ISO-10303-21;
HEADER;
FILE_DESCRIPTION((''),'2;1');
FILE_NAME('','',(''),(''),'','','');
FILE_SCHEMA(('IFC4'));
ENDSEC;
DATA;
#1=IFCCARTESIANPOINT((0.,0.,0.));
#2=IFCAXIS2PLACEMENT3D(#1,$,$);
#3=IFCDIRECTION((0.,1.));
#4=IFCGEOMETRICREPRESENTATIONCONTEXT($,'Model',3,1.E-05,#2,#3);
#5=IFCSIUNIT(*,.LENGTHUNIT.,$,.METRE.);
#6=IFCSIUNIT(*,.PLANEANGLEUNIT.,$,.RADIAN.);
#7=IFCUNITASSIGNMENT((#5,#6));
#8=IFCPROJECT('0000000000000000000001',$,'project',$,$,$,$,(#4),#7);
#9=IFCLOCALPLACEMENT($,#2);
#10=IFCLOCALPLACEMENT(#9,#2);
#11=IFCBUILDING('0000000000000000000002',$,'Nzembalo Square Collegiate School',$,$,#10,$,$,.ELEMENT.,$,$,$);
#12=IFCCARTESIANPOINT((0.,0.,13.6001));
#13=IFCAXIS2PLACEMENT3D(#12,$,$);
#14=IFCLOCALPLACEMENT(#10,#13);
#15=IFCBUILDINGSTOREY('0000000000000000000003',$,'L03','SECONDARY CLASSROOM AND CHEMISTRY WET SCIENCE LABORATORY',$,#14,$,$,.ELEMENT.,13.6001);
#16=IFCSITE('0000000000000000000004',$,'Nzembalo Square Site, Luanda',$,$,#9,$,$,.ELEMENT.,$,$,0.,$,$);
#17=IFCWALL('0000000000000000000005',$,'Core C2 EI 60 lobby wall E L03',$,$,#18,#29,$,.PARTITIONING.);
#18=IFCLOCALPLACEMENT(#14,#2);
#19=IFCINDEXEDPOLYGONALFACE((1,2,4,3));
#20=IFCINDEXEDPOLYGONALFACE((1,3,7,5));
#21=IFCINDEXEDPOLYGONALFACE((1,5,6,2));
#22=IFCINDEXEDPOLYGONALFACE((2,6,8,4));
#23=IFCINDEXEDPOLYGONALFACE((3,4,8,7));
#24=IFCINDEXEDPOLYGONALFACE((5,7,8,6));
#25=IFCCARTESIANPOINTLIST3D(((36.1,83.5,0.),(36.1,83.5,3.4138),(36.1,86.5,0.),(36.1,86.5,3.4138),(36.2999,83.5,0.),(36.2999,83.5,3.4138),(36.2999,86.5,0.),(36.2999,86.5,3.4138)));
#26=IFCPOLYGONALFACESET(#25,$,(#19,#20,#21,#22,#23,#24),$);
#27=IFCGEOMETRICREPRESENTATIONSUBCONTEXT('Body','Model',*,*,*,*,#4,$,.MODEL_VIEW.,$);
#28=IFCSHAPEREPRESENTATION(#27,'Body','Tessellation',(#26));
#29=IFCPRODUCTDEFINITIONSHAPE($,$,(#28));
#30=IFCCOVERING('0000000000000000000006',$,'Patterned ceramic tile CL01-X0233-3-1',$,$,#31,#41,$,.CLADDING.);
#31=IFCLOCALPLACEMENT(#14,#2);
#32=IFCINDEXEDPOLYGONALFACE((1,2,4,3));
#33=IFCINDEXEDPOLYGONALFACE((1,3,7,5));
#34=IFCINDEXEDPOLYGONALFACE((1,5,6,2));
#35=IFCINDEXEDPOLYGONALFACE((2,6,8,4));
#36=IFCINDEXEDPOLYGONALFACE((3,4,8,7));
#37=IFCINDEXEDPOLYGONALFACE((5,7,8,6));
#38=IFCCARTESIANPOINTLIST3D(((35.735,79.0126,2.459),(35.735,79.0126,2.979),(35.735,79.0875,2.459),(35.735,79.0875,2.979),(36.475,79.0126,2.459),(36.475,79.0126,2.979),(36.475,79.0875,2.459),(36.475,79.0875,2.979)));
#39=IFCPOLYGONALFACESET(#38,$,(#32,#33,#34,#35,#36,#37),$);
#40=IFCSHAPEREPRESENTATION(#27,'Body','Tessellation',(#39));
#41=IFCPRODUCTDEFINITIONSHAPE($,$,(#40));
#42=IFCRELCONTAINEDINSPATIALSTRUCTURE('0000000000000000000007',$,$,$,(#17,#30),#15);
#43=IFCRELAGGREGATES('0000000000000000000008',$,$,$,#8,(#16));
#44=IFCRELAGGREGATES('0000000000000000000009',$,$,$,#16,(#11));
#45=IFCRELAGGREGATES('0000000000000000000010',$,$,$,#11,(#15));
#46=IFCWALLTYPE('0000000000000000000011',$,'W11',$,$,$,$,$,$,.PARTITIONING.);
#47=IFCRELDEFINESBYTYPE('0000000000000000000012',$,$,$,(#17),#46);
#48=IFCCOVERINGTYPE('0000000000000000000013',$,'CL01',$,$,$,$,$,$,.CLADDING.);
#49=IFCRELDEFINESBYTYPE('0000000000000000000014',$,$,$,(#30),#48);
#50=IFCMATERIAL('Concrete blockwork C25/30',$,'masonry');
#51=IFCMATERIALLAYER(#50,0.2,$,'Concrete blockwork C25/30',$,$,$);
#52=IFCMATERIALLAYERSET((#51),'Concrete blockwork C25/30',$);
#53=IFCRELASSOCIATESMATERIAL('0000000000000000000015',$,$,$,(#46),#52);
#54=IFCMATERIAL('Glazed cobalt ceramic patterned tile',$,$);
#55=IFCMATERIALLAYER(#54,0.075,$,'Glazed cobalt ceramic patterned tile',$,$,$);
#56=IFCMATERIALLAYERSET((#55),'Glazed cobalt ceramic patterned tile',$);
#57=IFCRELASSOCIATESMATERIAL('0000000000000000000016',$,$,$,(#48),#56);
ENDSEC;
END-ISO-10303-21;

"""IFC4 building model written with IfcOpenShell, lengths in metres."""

from ifc_helpers import new_model, si_unit, direction, frame, frame_2d, origin, origin_2d, place, context, subcontext, project, spatial, rectangle, extrude, material, layer, layer_set, type_object, element, save


model = new_model("IFC4")

# Units and contexts
model_context = context("Model", 3, precision=1e-05, world=origin(), true_north=direction((0.0, 1.0)))
body_context = subcontext(model_context, "Body", "Model", "MODEL_VIEW")
ifc_project = project(units=[si_unit("LENGTHUNIT", "METRE"), si_unit("PLANEANGLEUNIT", "RADIAN")], contexts=[model_context])

# Site, building, storey
site_placement = place(None, origin())
site = spatial("IfcSite", under=ifc_project, at=site_placement, Name="Nzembalo Square Site, Luanda", CompositionType="ELEMENT", RefElevation=0.0)
building_placement = place(site_placement, origin())
building = spatial("IfcBuilding", under=site, at=building_placement, Name="Nzembalo Square Collegiate School", CompositionType="ELEMENT")
storey_placement = place(building_placement, frame((0.0, 0.0, 13.6001)))
storey = spatial("IfcBuildingStorey", under=building, at=storey_placement, Name="L03", Description="SECONDARY CLASSROOM AND CHEMISTRY WET SCIENCE LABORATORY", CompositionType="ELEMENT", Elevation=13.6001)

# Wall
ifc_material_1 = material(Name="Concrete blockwork C25/30", Category="masonry")
ifc_layer_1 = layer(ifc_material_1, 0.2, Name="Concrete blockwork C25/30")
ifc_layer_set_1 = layer_set([ifc_layer_1], Name="Concrete blockwork C25/30")
wall_type_1 = type_object("IfcWallType", Name="W11", PredefinedType="PARTITIONING", material=ifc_layer_set_1)
wall_1_placement = place(storey_placement, frame((36.2, 83.5, 0.0), z_axis=(0.0, 0.0, 1.0), x_axis=(0.0, 1.0, 0.0)))
element("IfcWall", 1, at=wall_1_placement, inside=storey, type_object=wall_type_1, Name="Core C2 EI 60 lobby wall E L03", PredefinedType="PARTITIONING", context=body_context, shape_type="SweptSolid", body=[
    extrude(rectangle(XDim=3.0, YDim=0.2, at=frame_2d((1.5, 0.0))), origin(), (0.0, 0.0, 1.0), 3.4138),
])

# Covering
ifc_material_2 = material(Name="Glazed cobalt ceramic patterned tile")
ifc_layer_2 = layer(ifc_material_2, 0.075, Name="Glazed cobalt ceramic patterned tile")
ifc_layer_set_2 = layer_set([ifc_layer_2], Name="Glazed cobalt ceramic patterned tile")
covering_type = type_object("IfcCoveringType", Name="CL01", PredefinedType="CLADDING", material=ifc_layer_set_2)
covering_placement = place(storey_placement, frame((36.105, 79.05, 2.459), z_axis=(0.0, 0.0, 1.0), x_axis=(1.0, 0.0, 0.0)))
element("IfcCovering", 2, at=covering_placement, inside=storey, type_object=covering_type, Name="Patterned ceramic tile CL01-X0233-3-1", PredefinedType="CLADDING", context=body_context, shape_type="SweptSolid", body=[
    extrude(rectangle(XDim=0.74, YDim=0.075, at=origin_2d()), origin(), (0.0, 0.0, 1.0), 0.52),
])

save(model, "model.ifc")
